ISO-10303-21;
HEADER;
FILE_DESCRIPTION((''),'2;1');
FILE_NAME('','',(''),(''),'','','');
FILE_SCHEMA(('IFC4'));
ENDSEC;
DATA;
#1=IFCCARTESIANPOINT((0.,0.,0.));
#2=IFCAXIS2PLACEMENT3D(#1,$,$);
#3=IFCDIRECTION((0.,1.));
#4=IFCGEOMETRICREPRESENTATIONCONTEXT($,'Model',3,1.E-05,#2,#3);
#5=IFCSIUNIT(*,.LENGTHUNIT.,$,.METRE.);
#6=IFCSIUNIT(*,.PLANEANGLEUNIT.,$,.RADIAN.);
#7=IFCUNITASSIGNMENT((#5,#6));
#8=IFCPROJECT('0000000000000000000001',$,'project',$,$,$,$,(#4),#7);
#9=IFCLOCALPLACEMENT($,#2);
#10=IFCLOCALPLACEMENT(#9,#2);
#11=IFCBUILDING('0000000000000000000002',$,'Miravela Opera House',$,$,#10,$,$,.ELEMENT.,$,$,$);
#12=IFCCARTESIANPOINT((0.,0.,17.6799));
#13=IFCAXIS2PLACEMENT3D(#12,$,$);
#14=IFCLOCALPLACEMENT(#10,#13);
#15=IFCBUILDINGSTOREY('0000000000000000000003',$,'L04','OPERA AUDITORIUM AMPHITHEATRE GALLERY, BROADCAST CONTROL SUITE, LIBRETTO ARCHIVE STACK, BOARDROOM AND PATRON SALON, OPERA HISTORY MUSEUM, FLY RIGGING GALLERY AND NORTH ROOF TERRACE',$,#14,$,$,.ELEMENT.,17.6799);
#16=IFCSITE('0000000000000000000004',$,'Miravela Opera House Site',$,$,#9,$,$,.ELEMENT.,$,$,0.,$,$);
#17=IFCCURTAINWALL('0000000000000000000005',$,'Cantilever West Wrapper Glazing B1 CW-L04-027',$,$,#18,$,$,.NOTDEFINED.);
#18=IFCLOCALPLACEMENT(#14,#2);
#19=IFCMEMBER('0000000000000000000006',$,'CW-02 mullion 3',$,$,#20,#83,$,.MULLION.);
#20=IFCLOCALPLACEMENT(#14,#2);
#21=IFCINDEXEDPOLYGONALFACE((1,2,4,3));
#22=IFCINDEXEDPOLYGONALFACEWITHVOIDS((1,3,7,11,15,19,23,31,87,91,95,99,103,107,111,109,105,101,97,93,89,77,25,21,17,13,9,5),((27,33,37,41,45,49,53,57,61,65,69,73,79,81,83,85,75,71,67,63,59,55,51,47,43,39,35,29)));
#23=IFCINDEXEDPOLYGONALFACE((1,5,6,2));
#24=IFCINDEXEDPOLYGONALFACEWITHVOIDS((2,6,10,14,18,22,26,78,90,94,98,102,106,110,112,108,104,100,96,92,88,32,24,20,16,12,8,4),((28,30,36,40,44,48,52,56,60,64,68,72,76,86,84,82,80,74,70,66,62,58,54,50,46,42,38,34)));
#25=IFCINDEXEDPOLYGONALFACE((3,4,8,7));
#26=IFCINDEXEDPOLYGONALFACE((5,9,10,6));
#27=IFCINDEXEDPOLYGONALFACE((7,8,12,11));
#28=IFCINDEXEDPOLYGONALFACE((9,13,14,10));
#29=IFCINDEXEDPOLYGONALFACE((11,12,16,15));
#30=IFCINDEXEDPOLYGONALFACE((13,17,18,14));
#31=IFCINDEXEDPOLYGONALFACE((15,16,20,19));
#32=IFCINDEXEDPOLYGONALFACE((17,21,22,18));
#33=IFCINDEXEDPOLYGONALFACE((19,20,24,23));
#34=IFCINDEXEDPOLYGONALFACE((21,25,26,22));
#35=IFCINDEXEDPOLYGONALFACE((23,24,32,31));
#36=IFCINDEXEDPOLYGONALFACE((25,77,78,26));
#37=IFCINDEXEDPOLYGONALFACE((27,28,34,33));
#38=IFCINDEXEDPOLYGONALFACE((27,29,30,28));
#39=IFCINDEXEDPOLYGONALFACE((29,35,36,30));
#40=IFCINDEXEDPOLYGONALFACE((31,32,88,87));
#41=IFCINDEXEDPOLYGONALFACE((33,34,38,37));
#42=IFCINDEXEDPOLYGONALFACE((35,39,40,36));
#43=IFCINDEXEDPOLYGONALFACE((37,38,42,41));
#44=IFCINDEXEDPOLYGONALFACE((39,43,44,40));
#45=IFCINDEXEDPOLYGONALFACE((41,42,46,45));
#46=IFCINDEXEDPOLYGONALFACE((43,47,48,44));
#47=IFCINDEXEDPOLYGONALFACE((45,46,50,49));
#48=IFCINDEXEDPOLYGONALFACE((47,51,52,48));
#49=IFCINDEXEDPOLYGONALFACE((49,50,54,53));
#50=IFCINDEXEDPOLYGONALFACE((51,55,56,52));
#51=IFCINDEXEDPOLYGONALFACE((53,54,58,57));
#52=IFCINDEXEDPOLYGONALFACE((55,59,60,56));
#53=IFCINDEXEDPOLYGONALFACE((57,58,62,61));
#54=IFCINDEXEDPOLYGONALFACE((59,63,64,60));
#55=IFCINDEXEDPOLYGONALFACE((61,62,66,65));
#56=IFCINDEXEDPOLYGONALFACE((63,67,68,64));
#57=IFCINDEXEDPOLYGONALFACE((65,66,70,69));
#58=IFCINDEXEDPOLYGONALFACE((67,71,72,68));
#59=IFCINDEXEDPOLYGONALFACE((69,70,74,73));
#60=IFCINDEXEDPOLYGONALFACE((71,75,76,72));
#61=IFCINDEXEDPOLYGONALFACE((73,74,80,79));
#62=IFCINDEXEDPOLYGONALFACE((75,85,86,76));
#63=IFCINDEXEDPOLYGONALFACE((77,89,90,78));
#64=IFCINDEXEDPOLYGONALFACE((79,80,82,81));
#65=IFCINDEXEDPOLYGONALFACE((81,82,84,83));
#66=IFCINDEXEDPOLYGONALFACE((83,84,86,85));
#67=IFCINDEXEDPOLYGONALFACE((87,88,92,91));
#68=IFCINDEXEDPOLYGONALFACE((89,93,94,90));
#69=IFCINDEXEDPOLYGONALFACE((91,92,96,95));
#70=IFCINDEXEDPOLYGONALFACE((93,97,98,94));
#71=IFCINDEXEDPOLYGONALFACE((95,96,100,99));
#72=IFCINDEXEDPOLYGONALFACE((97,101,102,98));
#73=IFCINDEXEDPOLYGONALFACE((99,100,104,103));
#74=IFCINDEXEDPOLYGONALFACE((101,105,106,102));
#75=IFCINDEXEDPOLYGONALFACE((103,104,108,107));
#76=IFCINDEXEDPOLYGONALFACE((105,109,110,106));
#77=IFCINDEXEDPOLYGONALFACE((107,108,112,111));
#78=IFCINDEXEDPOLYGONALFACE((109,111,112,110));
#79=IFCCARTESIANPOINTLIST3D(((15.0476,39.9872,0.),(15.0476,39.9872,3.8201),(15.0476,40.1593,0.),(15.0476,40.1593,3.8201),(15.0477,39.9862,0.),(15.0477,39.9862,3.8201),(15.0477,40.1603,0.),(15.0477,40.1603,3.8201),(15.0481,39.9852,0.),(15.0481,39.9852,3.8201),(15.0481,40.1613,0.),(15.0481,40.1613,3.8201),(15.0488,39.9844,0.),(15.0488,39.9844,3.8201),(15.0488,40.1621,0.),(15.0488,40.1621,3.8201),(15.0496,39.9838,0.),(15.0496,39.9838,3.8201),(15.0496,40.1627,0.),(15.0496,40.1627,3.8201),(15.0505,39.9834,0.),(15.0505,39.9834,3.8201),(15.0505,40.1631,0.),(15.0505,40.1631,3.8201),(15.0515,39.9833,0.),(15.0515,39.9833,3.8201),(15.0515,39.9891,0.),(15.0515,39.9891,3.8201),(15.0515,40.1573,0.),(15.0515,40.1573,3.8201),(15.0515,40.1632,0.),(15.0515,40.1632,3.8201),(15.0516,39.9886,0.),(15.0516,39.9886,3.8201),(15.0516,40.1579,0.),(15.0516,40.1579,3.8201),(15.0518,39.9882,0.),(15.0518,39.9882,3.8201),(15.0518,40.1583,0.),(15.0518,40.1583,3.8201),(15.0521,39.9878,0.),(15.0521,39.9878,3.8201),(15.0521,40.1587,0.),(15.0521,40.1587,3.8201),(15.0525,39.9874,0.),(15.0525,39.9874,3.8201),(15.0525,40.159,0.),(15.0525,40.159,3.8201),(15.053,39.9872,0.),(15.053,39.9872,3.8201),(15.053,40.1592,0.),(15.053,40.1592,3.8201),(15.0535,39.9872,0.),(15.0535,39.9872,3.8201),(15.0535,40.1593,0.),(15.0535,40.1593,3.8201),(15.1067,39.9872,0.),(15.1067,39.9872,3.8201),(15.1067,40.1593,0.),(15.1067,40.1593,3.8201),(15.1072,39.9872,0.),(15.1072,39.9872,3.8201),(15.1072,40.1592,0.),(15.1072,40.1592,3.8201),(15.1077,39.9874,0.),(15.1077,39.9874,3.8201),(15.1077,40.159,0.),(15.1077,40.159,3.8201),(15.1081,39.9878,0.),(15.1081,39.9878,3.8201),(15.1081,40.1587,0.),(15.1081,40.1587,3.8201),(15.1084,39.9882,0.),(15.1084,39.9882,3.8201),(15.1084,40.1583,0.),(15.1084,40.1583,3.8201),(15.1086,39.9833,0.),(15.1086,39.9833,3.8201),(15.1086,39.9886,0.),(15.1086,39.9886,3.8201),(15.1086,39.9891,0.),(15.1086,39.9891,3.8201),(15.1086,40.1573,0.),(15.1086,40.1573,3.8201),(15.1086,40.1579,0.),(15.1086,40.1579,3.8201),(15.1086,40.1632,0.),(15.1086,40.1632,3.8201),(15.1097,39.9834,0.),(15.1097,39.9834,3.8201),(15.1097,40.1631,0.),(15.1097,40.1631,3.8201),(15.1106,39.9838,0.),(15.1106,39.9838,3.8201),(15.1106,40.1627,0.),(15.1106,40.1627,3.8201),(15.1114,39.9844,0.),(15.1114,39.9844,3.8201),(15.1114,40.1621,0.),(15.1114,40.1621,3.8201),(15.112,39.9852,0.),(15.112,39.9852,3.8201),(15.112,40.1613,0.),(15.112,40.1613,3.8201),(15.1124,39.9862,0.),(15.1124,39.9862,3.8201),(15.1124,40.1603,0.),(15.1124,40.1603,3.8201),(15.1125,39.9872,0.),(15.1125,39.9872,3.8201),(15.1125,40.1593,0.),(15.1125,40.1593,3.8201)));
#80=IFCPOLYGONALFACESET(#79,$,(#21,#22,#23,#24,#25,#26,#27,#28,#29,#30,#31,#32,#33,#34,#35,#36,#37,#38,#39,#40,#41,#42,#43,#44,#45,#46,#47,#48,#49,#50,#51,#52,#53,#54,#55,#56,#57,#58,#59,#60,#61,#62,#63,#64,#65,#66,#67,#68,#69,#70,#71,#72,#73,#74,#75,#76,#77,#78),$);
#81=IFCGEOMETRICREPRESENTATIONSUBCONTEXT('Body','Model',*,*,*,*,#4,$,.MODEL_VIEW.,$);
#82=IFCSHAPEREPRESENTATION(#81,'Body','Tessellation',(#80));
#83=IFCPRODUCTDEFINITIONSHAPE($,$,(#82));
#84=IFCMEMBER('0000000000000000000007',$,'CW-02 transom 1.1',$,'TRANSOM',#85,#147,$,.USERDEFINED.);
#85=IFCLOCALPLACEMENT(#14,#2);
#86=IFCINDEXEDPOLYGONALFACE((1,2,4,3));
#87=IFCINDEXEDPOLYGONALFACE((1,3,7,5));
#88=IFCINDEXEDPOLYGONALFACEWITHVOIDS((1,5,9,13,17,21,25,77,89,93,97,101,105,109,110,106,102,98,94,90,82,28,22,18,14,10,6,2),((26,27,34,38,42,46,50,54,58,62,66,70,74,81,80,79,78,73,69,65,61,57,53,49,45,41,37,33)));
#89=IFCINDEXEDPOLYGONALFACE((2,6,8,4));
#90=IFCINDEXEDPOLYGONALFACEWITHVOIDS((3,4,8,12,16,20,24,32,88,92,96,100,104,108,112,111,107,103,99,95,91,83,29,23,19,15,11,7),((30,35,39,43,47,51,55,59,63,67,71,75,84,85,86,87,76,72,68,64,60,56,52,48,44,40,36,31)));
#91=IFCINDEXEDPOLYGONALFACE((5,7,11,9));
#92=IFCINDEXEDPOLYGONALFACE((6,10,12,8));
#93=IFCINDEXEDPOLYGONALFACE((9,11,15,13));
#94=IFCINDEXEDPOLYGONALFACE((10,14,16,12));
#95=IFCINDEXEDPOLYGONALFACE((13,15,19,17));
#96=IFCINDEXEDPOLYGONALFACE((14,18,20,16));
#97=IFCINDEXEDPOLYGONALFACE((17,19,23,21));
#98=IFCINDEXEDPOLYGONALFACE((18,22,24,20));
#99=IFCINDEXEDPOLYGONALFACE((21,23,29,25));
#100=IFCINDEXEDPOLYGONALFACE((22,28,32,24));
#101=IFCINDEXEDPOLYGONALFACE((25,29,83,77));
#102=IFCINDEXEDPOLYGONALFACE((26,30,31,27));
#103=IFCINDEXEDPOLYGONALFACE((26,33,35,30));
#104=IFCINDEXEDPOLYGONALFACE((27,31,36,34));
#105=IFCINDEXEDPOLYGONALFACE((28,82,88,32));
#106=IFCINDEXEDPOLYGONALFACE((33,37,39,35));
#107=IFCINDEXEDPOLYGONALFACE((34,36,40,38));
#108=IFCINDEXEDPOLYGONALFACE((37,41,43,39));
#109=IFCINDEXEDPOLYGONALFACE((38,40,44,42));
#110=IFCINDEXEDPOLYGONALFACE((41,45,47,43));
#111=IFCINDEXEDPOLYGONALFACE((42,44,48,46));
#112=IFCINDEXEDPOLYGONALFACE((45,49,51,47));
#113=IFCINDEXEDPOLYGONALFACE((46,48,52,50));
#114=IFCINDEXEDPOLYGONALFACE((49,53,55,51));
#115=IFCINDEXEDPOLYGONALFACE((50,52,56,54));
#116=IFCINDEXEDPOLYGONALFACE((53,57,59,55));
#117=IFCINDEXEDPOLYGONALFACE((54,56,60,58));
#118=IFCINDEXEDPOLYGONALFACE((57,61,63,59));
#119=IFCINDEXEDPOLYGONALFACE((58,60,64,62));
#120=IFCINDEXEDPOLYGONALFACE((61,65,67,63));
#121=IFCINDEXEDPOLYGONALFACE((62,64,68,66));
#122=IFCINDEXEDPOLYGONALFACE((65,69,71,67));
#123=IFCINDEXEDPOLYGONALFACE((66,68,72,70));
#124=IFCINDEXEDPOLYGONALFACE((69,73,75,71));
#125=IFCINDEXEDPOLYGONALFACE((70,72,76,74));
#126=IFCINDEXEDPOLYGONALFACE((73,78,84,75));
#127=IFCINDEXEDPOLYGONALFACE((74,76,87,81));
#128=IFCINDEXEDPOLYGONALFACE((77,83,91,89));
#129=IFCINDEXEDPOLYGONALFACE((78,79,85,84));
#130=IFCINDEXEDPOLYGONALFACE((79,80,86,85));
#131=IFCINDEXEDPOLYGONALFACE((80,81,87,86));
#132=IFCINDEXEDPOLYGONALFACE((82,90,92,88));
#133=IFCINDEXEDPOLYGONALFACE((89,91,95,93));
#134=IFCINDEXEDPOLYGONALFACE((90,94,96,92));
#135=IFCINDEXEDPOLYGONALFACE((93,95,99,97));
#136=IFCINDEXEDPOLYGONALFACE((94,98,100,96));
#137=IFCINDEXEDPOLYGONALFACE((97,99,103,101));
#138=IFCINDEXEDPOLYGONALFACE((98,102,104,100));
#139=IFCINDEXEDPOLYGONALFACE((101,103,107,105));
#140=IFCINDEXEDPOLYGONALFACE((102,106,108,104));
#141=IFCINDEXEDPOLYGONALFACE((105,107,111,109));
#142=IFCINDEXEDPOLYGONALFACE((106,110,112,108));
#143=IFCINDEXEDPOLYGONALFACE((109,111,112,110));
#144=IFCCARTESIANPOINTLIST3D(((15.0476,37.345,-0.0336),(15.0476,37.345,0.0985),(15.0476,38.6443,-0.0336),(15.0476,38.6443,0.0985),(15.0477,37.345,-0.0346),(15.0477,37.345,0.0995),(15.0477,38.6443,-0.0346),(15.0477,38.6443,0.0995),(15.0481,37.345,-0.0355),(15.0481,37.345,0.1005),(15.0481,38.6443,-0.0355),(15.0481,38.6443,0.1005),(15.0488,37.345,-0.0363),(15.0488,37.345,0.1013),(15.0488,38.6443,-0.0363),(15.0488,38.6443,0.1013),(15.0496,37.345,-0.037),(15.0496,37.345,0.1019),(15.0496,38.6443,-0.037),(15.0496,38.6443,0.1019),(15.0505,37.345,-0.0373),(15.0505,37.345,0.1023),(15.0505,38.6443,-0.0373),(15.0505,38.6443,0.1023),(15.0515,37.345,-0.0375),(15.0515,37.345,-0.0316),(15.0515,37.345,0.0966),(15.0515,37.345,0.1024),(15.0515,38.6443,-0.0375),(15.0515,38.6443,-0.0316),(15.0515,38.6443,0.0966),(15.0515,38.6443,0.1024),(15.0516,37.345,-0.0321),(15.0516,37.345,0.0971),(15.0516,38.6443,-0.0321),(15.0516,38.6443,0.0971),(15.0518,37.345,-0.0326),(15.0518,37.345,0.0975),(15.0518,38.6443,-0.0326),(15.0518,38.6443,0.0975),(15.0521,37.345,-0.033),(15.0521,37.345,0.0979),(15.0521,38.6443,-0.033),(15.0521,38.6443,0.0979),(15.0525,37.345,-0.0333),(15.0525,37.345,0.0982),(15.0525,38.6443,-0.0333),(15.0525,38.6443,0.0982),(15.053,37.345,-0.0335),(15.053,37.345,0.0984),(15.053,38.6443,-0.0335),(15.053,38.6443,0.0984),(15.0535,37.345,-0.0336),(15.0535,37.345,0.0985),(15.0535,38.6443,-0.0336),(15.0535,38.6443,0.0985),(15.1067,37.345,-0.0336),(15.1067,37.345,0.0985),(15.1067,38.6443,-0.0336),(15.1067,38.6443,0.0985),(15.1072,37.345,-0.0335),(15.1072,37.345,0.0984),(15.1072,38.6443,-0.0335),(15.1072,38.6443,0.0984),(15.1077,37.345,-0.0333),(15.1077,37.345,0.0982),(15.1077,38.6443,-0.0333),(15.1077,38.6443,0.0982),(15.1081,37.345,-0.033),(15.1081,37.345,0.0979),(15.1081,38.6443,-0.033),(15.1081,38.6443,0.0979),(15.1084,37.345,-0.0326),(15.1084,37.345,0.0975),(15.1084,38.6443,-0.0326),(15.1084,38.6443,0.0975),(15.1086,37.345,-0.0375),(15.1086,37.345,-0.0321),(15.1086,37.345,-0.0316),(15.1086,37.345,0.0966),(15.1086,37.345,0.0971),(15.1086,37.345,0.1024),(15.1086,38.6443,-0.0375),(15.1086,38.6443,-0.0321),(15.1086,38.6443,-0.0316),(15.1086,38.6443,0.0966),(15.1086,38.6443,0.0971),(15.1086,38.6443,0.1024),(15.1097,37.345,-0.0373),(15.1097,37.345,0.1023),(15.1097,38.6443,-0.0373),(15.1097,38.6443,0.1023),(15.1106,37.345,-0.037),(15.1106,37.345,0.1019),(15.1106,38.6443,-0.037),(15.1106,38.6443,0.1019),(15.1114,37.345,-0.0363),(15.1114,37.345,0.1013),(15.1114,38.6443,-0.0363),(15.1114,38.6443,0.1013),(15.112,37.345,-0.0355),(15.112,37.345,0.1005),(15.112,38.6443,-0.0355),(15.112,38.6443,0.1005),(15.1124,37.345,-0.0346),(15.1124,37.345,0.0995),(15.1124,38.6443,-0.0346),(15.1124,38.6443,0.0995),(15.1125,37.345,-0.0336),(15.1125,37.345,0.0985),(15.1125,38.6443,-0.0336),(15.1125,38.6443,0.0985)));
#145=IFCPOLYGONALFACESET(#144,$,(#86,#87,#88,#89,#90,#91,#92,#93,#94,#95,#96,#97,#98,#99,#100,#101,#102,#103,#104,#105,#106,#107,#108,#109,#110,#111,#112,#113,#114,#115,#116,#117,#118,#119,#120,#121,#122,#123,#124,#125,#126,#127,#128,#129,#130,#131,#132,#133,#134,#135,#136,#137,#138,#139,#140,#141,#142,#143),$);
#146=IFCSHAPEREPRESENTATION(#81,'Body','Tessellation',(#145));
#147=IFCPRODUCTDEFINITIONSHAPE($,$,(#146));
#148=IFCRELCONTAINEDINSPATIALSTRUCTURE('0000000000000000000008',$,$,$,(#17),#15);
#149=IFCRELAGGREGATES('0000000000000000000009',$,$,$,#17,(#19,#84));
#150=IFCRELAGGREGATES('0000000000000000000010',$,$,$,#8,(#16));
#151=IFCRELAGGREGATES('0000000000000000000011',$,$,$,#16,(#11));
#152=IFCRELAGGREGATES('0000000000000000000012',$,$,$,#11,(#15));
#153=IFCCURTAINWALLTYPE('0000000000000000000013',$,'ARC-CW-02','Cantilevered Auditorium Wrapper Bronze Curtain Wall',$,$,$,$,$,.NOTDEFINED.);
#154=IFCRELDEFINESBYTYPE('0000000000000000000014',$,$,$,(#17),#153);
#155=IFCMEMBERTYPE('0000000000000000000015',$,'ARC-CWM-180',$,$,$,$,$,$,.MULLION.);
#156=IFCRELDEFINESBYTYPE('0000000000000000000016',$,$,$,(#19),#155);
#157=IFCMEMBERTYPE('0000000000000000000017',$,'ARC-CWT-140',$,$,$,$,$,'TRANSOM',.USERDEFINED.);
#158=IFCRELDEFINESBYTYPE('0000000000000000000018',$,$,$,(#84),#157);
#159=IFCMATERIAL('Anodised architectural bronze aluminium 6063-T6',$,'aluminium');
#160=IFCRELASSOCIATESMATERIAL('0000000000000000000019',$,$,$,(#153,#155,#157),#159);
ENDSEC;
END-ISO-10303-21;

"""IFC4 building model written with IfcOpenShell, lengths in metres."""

from ifc_helpers import new_model, si_unit, direction, frame, origin, origin_2d, place, context, subcontext, project, spatial, hollow_rectangle, extrude, material, material_profile, profile_set, type_object, element, aggregate, save


model = new_model("IFC4")

# Units and contexts
model_context = context("Model", 3, precision=1e-05, world=origin(), true_north=direction((0.0, 1.0)))
body_context = subcontext(model_context, "Body", "Model", "MODEL_VIEW")
ifc_project = project(units=[si_unit("LENGTHUNIT", "METRE"), si_unit("PLANEANGLEUNIT", "RADIAN")], contexts=[model_context])

# Site, building, storey
site_placement = place(None, origin())
site = spatial("IfcSite", under=ifc_project, at=site_placement, Name="Miravela Opera House Site", CompositionType="ELEMENT", RefElevation=0.0)
building_placement = place(site_placement, origin())
building = spatial("IfcBuilding", under=site, at=building_placement, Name="Miravela Opera House", CompositionType="ELEMENT")
storey_placement = place(building_placement, frame((0.0, 0.0, 17.6799)))
storey = spatial("IfcBuildingStorey", under=building, at=storey_placement, Name="L04", Description="OPERA AUDITORIUM AMPHITHEATRE GALLERY, BROADCAST CONTROL SUITE, LIBRETTO ARCHIVE STACK, BOARDROOM AND PATRON SALON, OPERA HISTORY MUSEUM, FLY RIGGING GALLERY AND NORTH ROOF TERRACE", CompositionType="ELEMENT", Elevation=17.6799)

# Curtain wall, members
ifc_material_1 = material(Name="Anodised architectural bronze aluminium 6063-T6", Category="aluminium")
curtain_wall_type = type_object("IfcCurtainWallType", Name="ARC-CW-02", Description="Cantilevered Auditorium Wrapper Bronze Curtain Wall", PredefinedType="NOTDEFINED", material=ifc_material_1)
curtain_wall_placement = place(storey_placement, origin())
curtain_wall = element("IfcCurtainWall", 1, at=curtain_wall_placement, inside=storey, type_object=curtain_wall_type, Name="Cantilever West Wrapper Glazing B1 CW-L04-027", PredefinedType="NOTDEFINED")
ifc_material_profile_1 = material_profile(ifc_material_1, hollow_rectangle(XDim=0.0649, YDim=0.1799, WallThickness=0.0039, InnerFilletRadius=0.002, OuterFilletRadius=0.0039, at=origin_2d()), Name="CWM-65X180")
ifc_profile_set_1 = profile_set([ifc_material_profile_1])
member_type_1 = type_object("IfcMemberType", Name="ARC-CWM-180", PredefinedType="MULLION", material=ifc_profile_set_1)
member_1_placement = place(storey_placement, frame((15.0801, 40.0732, 0.0), z_axis=(0.0, 0.0, 1.0), x_axis=(-1.0, 0.0, 0.0)))
member_1 = element("IfcMember", 2, at=member_1_placement, type_object=member_type_1, Name="CW-02 mullion 3", PredefinedType="MULLION", context=body_context, shape_type="SweptSolid", body=[
    extrude(hollow_rectangle(XDim=0.0649, YDim=0.1799, WallThickness=0.0039, InnerFilletRadius=0.002, OuterFilletRadius=0.0039, at=origin_2d()), origin(), (0.0, 0.0, 1.0), 3.8201),
])
ifc_material_profile_2 = material_profile(ifc_material_1, hollow_rectangle(XDim=0.0649, YDim=0.1399, WallThickness=0.0039, InnerFilletRadius=0.002, OuterFilletRadius=0.0039, at=origin_2d()), Name="CWT-65X140")
ifc_profile_set_2 = profile_set([ifc_material_profile_2])
member_type_2 = type_object("IfcMemberType", Name="ARC-CWT-140", ElementType="TRANSOM", PredefinedType="USERDEFINED", material=ifc_profile_set_2)
member_2_placement = place(storey_placement, frame((15.0801, 37.345, 0.0325), z_axis=(0.0, 1.0, 0.0), x_axis=(-1.0, 0.0, 0.0)))
member_2 = element("IfcMember", 3, at=member_2_placement, type_object=member_type_2, Name="CW-02 transom 1.1", ObjectType="TRANSOM", PredefinedType="USERDEFINED", context=body_context, shape_type="SweptSolid", body=[
    extrude(hollow_rectangle(XDim=0.0649, YDim=0.1399, WallThickness=0.0039, InnerFilletRadius=0.002, OuterFilletRadius=0.0039, at=origin_2d()), origin(), (0.0, 0.0, 1.0), 1.2993),
])

aggregate(curtain_wall, [member_1, member_2])

save(model, "model.ifc")
